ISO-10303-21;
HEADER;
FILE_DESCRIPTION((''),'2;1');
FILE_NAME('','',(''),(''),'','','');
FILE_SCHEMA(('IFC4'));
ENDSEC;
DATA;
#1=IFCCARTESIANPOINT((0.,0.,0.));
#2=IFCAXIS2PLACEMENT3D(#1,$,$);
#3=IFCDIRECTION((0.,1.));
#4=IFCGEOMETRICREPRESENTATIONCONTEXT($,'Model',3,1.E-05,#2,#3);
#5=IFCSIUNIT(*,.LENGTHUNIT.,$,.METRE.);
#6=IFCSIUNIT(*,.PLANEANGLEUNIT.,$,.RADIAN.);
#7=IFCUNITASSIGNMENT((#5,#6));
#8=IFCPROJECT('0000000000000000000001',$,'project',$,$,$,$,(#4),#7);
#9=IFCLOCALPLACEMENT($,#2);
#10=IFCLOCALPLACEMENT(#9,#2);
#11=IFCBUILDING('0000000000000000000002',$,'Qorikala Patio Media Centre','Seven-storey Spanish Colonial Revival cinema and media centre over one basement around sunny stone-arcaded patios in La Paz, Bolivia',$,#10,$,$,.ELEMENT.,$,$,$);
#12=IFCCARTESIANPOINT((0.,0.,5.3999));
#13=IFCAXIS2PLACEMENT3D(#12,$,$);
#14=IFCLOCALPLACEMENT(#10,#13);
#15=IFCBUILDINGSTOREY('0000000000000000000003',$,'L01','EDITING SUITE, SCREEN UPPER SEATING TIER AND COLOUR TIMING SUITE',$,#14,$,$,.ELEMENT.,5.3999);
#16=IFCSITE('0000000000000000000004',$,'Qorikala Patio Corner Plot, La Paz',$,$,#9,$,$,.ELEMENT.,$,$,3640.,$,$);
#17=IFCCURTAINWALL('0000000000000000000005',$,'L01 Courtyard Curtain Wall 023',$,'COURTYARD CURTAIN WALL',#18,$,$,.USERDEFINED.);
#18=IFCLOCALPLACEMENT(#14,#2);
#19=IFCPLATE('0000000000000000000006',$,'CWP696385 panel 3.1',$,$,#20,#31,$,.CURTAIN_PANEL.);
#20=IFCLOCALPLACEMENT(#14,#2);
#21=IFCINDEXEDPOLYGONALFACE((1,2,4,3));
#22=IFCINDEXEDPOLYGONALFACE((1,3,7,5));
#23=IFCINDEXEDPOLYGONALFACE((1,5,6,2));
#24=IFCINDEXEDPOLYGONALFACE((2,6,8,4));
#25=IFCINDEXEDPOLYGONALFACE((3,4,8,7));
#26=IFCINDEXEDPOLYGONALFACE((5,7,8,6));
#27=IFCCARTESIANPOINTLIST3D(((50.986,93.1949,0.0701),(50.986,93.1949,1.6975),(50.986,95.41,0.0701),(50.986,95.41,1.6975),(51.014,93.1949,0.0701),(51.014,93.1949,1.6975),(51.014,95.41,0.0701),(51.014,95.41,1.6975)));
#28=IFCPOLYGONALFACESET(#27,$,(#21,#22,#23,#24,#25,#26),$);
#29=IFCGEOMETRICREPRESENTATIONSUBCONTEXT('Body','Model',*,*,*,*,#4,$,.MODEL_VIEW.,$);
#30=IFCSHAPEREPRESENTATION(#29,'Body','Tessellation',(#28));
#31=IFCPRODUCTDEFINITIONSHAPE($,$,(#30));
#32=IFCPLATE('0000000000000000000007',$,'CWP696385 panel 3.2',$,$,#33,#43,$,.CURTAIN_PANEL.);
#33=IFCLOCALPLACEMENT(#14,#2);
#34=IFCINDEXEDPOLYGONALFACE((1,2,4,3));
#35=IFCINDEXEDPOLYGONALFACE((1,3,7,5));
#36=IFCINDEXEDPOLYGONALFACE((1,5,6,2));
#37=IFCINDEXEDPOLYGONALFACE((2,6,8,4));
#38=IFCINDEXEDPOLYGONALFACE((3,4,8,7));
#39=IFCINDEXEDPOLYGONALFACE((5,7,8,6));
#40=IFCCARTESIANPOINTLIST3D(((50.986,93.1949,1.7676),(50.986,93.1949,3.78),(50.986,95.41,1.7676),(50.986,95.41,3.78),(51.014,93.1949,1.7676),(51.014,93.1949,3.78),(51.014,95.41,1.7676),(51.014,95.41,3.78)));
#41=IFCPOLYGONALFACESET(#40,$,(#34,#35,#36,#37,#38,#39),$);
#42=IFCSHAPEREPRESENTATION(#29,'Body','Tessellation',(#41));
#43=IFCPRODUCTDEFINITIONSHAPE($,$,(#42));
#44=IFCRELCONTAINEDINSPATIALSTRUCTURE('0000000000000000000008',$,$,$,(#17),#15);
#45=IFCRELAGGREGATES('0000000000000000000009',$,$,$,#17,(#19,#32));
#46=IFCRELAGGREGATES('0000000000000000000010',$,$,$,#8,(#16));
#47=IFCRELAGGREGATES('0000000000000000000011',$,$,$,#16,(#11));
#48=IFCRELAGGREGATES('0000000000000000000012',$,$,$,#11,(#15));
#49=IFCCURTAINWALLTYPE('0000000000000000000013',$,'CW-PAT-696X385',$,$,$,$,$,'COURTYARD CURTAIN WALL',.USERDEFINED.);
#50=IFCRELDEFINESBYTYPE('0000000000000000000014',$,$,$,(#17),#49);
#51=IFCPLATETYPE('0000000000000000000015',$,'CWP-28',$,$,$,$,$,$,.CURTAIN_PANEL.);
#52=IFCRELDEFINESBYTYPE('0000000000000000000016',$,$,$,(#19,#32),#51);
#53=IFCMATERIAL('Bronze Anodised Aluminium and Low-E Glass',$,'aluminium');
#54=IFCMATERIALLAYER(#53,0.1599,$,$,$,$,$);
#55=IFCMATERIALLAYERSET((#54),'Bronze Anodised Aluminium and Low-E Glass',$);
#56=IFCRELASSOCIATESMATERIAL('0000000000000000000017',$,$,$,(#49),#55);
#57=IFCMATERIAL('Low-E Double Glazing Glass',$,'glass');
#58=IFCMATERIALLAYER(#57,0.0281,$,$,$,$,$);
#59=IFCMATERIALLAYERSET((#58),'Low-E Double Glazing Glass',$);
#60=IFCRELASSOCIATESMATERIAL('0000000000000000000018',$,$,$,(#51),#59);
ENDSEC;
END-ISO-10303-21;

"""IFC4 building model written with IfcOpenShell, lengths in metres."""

from ifc_helpers import new_model, si_unit, direction, frame, origin, origin_2d, place, context, subcontext, project, spatial, rectangle, extrude, material, layer, layer_set, type_object, element, aggregate, save


model = new_model("IFC4")

# Units and contexts
model_context = context("Model", 3, precision=1e-05, world=origin(), true_north=direction((0.0, 1.0)))
body_context = subcontext(model_context, "Body", "Model", "MODEL_VIEW")
ifc_project = project(units=[si_unit("LENGTHUNIT", "METRE"), si_unit("PLANEANGLEUNIT", "RADIAN")], contexts=[model_context])

# Site, building, storey
site_placement = place(None, origin())
site = spatial("IfcSite", under=ifc_project, at=site_placement, Name="Qorikala Patio Corner Plot, La Paz", CompositionType="ELEMENT", RefElevation=3640.0)
building_placement = place(site_placement, origin())
building = spatial("IfcBuilding", under=site, at=building_placement, Name="Qorikala Patio Media Centre", Description="Seven-storey Spanish Colonial Revival cinema and media centre over one basement around sunny stone-arcaded patios in La Paz, Bolivia", CompositionType="ELEMENT")
storey_placement = place(building_placement, frame((0.0, 0.0, 5.3999)))
storey = spatial("IfcBuildingStorey", under=building, at=storey_placement, Name="L01", Description="EDITING SUITE, SCREEN UPPER SEATING TIER AND COLOUR TIMING SUITE", CompositionType="ELEMENT", Elevation=5.3999)

# Shared definitions
ifc_material_1 = material(Name="Bronze Anodised Aluminium and Low-E Glass", Category="aluminium")
ifc_layer_1 = layer(ifc_material_1, 0.1599)
ifc_layer_set_1 = layer_set([ifc_layer_1], Name="Bronze Anodised Aluminium and Low-E Glass")
curtain_wall_type = type_object("IfcCurtainWallType", Name="CW-PAT-696X385", ElementType="COURTYARD CURTAIN WALL", PredefinedType="USERDEFINED", material=ifc_layer_set_1)

# Curtain wall
curtain_wall_1_placement = place(storey_placement, origin())
curtain_wall_1 = element("IfcCurtainWall", 1, at=curtain_wall_1_placement, inside=storey, type_object=curtain_wall_type, Name="L01 Courtyard Curtain Wall 023", ObjectType="COURTYARD CURTAIN WALL", PredefinedType="USERDEFINED")

# Plates
ifc_material_2 = material(Name="Low-E Double Glazing Glass", Category="glass")
ifc_layer_2 = layer(ifc_material_2, 0.0281)
ifc_layer_set_2 = layer_set([ifc_layer_2], Name="Low-E Double Glazing Glass")
plate_type = type_object("IfcPlateType", Name="CWP-28", PredefinedType="CURTAIN_PANEL", material=ifc_layer_set_2)
plate_1_placement = place(storey_placement, frame((51.0, 94.3025, 0.0701), z_axis=(0.0, 0.0, 1.0), x_axis=(0.0, 1.0, 0.0)))
plate_1 = element("IfcPlate", 2, at=plate_1_placement, type_object=plate_type, Name="CWP696385 panel 3.1", PredefinedType="CURTAIN_PANEL", context=body_context, shape_type="SweptSolid", body=[
    extrude(rectangle(XDim=2.2151, YDim=0.0281, at=origin_2d()), origin(), (0.0, 0.0, 1.0), 1.6274),
])
plate_2_placement = place(storey_placement, frame((51.0, 94.3025, 1.7676), z_axis=(0.0, 0.0, 1.0), x_axis=(0.0, 1.0, 0.0)))
plate_2 = element("IfcPlate", 3, at=plate_2_placement, type_object=plate_type, Name="CWP696385 panel 3.2", PredefinedType="CURTAIN_PANEL", context=body_context, shape_type="SweptSolid", body=[
    extrude(rectangle(XDim=2.2151, YDim=0.0281, at=origin_2d()), origin(), (0.0, 0.0, 1.0), 2.0125),
])
aggregate(curtain_wall_1, [plate_1, plate_2])

save(model, "model.ifc")
